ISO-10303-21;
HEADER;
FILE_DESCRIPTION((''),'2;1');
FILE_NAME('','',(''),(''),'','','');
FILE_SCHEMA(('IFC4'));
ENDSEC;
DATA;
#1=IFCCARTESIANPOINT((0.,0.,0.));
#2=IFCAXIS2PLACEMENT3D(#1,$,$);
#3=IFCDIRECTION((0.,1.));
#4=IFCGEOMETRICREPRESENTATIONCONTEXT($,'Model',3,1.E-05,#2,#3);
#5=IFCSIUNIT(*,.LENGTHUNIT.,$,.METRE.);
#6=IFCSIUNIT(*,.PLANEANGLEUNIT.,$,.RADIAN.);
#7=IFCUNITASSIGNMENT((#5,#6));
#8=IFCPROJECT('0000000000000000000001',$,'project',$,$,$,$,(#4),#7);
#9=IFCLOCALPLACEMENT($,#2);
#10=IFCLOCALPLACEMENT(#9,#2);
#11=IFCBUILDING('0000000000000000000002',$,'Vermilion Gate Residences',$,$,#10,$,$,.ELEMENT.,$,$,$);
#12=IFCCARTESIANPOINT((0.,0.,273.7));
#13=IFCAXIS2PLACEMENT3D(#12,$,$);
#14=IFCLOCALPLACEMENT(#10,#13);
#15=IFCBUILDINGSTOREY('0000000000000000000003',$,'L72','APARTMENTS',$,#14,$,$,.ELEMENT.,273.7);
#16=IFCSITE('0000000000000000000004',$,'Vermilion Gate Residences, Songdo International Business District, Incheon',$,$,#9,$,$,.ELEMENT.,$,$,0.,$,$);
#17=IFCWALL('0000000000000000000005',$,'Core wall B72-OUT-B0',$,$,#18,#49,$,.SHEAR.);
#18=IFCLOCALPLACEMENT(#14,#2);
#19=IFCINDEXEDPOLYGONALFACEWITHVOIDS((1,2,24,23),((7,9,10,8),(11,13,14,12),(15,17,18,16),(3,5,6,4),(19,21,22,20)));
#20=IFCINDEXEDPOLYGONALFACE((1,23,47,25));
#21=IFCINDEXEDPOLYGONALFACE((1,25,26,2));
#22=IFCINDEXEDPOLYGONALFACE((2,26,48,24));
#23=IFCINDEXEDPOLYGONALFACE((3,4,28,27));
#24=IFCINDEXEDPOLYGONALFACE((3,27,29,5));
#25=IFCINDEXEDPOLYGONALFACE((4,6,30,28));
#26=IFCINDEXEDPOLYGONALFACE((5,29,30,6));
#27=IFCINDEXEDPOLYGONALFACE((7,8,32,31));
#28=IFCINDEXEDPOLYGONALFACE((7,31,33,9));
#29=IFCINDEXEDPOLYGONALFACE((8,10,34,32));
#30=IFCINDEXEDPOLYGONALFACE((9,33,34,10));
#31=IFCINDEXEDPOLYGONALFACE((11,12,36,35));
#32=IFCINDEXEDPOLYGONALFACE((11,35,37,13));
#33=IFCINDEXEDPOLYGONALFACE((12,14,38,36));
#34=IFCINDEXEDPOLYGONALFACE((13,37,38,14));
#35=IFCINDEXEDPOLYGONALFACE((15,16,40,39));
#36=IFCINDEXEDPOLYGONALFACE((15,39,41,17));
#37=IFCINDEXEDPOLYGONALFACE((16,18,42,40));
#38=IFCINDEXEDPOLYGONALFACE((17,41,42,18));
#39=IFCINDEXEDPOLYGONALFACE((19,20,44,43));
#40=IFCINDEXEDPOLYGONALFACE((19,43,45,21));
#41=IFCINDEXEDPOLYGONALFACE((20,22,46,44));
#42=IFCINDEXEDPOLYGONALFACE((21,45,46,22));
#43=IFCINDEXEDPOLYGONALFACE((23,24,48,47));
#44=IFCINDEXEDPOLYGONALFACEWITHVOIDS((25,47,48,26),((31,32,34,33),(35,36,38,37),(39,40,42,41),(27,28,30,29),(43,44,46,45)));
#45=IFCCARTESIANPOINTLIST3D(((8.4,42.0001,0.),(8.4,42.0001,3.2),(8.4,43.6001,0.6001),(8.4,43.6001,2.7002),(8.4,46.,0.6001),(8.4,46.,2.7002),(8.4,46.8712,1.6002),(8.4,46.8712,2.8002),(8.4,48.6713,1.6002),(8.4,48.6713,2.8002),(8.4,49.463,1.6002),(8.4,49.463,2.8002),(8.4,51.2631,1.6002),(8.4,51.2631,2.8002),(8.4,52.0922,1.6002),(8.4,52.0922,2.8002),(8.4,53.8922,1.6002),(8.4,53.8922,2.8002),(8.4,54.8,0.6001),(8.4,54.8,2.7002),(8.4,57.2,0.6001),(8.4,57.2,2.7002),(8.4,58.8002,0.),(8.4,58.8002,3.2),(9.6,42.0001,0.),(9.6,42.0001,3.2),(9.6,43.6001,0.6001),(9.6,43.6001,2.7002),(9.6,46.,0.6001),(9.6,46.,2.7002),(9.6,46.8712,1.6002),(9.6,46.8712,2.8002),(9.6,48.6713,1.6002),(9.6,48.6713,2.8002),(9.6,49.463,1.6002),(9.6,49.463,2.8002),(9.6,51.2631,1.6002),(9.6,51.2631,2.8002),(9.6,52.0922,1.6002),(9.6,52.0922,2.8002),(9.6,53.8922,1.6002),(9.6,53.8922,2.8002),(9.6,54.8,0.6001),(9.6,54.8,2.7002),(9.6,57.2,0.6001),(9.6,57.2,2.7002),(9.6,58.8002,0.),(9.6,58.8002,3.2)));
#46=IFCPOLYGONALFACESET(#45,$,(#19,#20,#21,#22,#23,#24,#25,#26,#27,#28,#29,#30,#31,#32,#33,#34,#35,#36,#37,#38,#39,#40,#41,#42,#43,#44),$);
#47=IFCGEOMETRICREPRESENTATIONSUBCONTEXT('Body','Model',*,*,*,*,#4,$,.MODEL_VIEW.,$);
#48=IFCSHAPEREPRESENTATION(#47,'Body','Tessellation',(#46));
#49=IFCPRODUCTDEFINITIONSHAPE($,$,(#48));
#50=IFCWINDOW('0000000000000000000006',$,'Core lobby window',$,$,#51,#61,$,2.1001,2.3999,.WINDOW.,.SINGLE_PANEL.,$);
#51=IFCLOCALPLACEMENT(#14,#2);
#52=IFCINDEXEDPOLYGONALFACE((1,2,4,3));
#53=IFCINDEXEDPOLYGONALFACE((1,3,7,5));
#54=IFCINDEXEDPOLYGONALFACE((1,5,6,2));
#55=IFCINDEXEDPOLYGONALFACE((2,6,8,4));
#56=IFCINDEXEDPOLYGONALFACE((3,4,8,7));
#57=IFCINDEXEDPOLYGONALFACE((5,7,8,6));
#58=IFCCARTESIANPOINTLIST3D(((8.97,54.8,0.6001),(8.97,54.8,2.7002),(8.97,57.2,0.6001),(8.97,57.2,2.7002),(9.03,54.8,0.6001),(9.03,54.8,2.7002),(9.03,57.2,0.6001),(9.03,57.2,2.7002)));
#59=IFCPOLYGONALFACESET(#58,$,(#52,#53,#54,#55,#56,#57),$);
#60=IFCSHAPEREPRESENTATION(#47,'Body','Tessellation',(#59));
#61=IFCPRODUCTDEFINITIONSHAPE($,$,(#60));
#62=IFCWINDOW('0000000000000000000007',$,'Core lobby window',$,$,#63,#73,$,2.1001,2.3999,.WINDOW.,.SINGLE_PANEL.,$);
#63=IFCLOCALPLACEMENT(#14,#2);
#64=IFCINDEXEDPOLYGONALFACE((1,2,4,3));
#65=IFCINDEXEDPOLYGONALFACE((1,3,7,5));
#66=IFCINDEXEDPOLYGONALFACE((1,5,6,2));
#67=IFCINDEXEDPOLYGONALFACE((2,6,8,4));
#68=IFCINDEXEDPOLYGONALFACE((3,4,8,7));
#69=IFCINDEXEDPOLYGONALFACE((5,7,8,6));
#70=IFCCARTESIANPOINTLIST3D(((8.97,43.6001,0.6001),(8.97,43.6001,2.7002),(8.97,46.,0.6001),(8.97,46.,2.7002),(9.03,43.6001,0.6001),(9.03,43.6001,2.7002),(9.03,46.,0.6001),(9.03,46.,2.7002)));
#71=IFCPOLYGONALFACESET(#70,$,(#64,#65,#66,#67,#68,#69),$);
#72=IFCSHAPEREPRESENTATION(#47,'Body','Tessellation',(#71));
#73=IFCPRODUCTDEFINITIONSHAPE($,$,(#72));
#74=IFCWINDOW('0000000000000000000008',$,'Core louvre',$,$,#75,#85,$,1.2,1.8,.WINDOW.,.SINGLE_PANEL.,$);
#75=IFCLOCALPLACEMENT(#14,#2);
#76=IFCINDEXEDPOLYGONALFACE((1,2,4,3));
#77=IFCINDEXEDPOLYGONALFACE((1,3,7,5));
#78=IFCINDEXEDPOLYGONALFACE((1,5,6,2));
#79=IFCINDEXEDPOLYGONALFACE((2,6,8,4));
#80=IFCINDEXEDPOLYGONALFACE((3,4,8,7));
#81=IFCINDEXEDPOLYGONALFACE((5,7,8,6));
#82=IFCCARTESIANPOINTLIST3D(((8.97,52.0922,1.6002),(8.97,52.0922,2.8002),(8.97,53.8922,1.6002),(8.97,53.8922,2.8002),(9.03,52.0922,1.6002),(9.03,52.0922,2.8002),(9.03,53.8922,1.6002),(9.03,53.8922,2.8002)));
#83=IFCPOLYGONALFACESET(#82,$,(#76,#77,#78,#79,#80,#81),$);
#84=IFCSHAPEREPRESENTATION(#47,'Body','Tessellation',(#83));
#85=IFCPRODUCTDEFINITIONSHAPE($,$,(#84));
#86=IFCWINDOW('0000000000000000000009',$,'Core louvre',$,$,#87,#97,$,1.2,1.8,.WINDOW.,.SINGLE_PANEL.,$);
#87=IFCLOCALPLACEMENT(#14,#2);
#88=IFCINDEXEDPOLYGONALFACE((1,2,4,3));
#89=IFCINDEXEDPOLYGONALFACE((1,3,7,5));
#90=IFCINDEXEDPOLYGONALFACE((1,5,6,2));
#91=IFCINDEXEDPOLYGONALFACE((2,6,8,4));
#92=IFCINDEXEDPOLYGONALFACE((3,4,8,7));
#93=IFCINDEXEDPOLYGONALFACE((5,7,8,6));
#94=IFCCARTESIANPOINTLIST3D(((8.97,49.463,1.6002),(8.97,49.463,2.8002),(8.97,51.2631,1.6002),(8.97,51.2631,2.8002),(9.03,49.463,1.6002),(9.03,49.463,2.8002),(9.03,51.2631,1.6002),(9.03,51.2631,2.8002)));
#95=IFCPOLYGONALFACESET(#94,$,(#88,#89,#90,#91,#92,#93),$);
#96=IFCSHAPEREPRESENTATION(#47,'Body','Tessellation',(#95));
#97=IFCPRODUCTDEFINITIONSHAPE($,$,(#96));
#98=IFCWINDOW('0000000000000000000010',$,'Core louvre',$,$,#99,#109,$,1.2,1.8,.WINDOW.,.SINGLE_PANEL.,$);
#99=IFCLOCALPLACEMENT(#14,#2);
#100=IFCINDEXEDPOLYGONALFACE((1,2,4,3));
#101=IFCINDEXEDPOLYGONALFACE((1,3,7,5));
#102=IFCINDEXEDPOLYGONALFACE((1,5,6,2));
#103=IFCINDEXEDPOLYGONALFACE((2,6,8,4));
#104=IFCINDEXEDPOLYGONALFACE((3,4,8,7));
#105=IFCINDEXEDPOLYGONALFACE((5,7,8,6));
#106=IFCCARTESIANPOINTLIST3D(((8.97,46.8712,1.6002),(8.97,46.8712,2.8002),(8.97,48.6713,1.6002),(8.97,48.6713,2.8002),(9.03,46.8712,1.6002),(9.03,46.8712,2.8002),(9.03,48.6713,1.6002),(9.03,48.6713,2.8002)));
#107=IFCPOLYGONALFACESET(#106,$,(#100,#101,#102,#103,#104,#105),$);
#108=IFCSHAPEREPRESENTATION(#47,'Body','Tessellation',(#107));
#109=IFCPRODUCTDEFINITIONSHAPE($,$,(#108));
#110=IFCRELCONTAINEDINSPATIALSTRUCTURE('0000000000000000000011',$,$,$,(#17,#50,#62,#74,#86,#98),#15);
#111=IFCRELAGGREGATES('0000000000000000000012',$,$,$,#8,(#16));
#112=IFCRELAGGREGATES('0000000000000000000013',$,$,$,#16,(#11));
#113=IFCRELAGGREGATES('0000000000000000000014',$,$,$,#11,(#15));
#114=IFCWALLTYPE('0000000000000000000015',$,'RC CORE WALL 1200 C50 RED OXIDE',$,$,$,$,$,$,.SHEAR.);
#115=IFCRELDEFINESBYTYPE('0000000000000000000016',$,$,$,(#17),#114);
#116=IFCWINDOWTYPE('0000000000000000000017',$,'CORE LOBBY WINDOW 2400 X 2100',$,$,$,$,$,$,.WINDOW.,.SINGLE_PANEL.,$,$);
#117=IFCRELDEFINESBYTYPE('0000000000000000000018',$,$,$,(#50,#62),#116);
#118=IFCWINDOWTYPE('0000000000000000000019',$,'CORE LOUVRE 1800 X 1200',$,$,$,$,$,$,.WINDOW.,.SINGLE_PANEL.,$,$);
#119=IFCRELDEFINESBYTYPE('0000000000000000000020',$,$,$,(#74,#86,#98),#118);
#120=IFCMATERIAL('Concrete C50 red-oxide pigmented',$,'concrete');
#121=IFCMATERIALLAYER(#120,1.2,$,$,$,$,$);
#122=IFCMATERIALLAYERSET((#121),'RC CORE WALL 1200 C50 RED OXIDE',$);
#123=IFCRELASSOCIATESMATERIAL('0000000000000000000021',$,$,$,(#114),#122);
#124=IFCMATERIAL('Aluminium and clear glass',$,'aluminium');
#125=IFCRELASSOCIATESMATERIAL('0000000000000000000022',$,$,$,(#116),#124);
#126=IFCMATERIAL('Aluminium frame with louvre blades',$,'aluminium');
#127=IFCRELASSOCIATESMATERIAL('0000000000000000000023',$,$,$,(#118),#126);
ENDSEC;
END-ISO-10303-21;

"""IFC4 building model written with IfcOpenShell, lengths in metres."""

from ifc_helpers import new_model, si_unit, direction, frame, frame_2d, origin, place, context, subcontext, project, spatial, rectangle, extrude, material, layer, layer_set, type_object, element, fill, save


model = new_model("IFC4")

# Units and contexts
model_context = context("Model", 3, precision=1e-05, world=origin(), true_north=direction((0.0, 1.0)))
body_context = subcontext(model_context, "Body", "Model", "MODEL_VIEW")
ifc_project = project(units=[si_unit("LENGTHUNIT", "METRE"), si_unit("PLANEANGLEUNIT", "RADIAN")], contexts=[model_context])

# Site, building, storey
site_placement = place(None, origin())
site = spatial("IfcSite", under=ifc_project, at=site_placement, Name="Vermilion Gate Residences, Songdo International Business District, Incheon", CompositionType="ELEMENT", RefElevation=0.0)
building_placement = place(site_placement, origin())
building = spatial("IfcBuilding", under=site, at=building_placement, Name="Vermilion Gate Residences", CompositionType="ELEMENT")
storey_placement = place(building_placement, frame((0.0, 0.0, 273.7)))
storey = spatial("IfcBuildingStorey", under=building, at=storey_placement, Name="L72", Description="APARTMENTS", CompositionType="ELEMENT", Elevation=273.7)

# Wall, openings, windows
ifc_material_1 = material(Name="Concrete C50 red-oxide pigmented", Category="concrete")
ifc_layer_1 = layer(ifc_material_1, 1.2)
ifc_layer_set_1 = layer_set([ifc_layer_1], Name="RC CORE WALL 1200 C50 RED OXIDE")
wall_type_1 = type_object("IfcWallType", Name="RC CORE WALL 1200 C50 RED OXIDE", PredefinedType="SHEAR", material=ifc_layer_set_1)
wall_1_placement = place(storey_placement, frame((9.0, 58.8, 0.0), z_axis=(0.0, 0.0, 1.0), x_axis=(0.0, -1.0, 0.0)))
wall_1 = element("IfcWall", 1, at=wall_1_placement, inside=storey, type_object=wall_type_1, Name="Core wall B72-OUT-B0", PredefinedType="SHEAR", context=body_context, shape_type="SweptSolid", body=[
    extrude(rectangle(XDim=16.8, YDim=1.2, at=frame_2d((8.3999, 0.0))), origin(), (0.0, 0.0, 1.0), 3.2),
])
opening_1_placement = place(wall_1_placement, frame((1.6001, 0.0, 0.6001)))
opening_1 = element("IfcOpeningElement", 2, at=opening_1_placement, cuts=wall_1, PredefinedType="OPENING", context=body_context, shape_type="SweptSolid", body=[
    extrude(rectangle(XDim=2.3999, YDim=2.1001, at=frame_2d((1.2, 1.05))), frame((0.0, 0.6099, 0.0), z_axis=(0.0, -1.0, 0.0), x_axis=(1.0, 0.0, 0.0)), (0.0, 0.0, 1.0), 1.22),
])
opening_2_placement = place(wall_1_placement, frame((4.908, 0.0, 1.6001)))
opening_2 = element("IfcOpeningElement", 3, at=opening_2_placement, cuts=wall_1, PredefinedType="OPENING", context=body_context, shape_type="SweptSolid", body=[
    extrude(rectangle(XDim=1.8, YDim=1.2, at=frame_2d((0.8999, 0.6001))), frame((0.0, 0.6099, 0.0), z_axis=(0.0, -1.0, 0.0), x_axis=(1.0, 0.0, 0.0)), (0.0, 0.0, 1.0), 1.22),
])
opening_3_placement = place(wall_1_placement, frame((7.5371, 0.0, 1.6001)))
opening_3 = element("IfcOpeningElement", 4, at=opening_3_placement, cuts=wall_1, PredefinedType="OPENING", context=body_context, shape_type="SweptSolid", body=[
    extrude(rectangle(XDim=1.8, YDim=1.2, at=frame_2d((0.8999, 0.6001))), frame((0.0, 0.6099, 0.0), z_axis=(0.0, -1.0, 0.0), x_axis=(1.0, 0.0, 0.0)), (0.0, 0.0, 1.0), 1.22),
])
opening_4_placement = place(wall_1_placement, frame((10.1289, 0.0, 1.6001)))
opening_4 = element("IfcOpeningElement", 5, at=opening_4_placement, cuts=wall_1, PredefinedType="OPENING", context=body_context, shape_type="SweptSolid", body=[
    extrude(rectangle(XDim=1.8, YDim=1.2, at=frame_2d((0.8999, 0.6001))), frame((0.0, 0.6099, 0.0), z_axis=(0.0, -1.0, 0.0), x_axis=(1.0, 0.0, 0.0)), (0.0, 0.0, 1.0), 1.22),
])
opening_5_placement = place(wall_1_placement, frame((12.8, 0.0, 0.6001)))
opening_5 = element("IfcOpeningElement", 6, at=opening_5_placement, cuts=wall_1, PredefinedType="OPENING", context=body_context, shape_type="SweptSolid", body=[
    extrude(rectangle(XDim=2.3999, YDim=2.1001, at=frame_2d((1.2, 1.05))), frame((0.0, 0.6099, 0.0), z_axis=(0.0, -1.0, 0.0), x_axis=(1.0, 0.0, 0.0)), (0.0, 0.0, 1.0), 1.22),
])
ifc_material_2 = material(Name="Aluminium and clear glass", Category="aluminium")
window_type_1 = type_object("IfcWindowType", Name="CORE LOBBY WINDOW 2400 X 2100", PartitioningType="SINGLE_PANEL", PredefinedType="WINDOW", material=ifc_material_2)
window_1_placement = place(opening_1_placement, origin())
window_1 = element("IfcWindow", 7, at=window_1_placement, inside=storey, type_object=window_type_1, Name="Core lobby window", OverallHeight=2.1001, OverallWidth=2.3999, PartitioningType="SINGLE_PANEL", PredefinedType="WINDOW", context=body_context, shape_type="SweptSolid", body=[
    extrude(rectangle(XDim=2.3999, YDim=2.1001, at=frame_2d((1.2, 1.05))), frame((0.0, 0.03, 0.0), z_axis=(0.0, -1.0, 0.0), x_axis=(1.0, 0.0, 0.0)), (0.0, 0.0, 1.0), 0.0601),
])
fill(opening_1, window_1)
window_2_placement = place(opening_5_placement, origin())
window_2 = element("IfcWindow", 8, at=window_2_placement, inside=storey, type_object=window_type_1, Name="Core lobby window", OverallHeight=2.1001, OverallWidth=2.3999, PartitioningType="SINGLE_PANEL", PredefinedType="WINDOW", context=body_context, shape_type="SweptSolid", body=[
    extrude(rectangle(XDim=2.3999, YDim=2.1001, at=frame_2d((1.2, 1.05))), frame((0.0, 0.03, 0.0), z_axis=(0.0, -1.0, 0.0), x_axis=(1.0, 0.0, 0.0)), (0.0, 0.0, 1.0), 0.0601),
])
fill(opening_5, window_2)
ifc_material_3 = material(Name="Aluminium frame with louvre blades", Category="aluminium")
window_type_2 = type_object("IfcWindowType", Name="CORE LOUVRE 1800 X 1200", PartitioningType="SINGLE_PANEL", PredefinedType="WINDOW", material=ifc_material_3)
window_3_placement = place(opening_2_placement, origin())
window_3 = element("IfcWindow", 9, at=window_3_placement, inside=storey, type_object=window_type_2, Name="Core louvre", OverallHeight=1.2, OverallWidth=1.8, PartitioningType="SINGLE_PANEL", PredefinedType="WINDOW", context=body_context, shape_type="SweptSolid", body=[
    extrude(rectangle(XDim=1.8, YDim=1.2, at=frame_2d((0.8999, 0.6001))), frame((0.0, 0.03, 0.0), z_axis=(0.0, -1.0, 0.0), x_axis=(1.0, 0.0, 0.0)), (0.0, 0.0, 1.0), 0.0601),
])
fill(opening_2, window_3)
window_4_placement = place(opening_3_placement, origin())
window_4 = element("IfcWindow", 10, at=window_4_placement, inside=storey, type_object=window_type_2, Name="Core louvre", OverallHeight=1.2, OverallWidth=1.8, PartitioningType="SINGLE_PANEL", PredefinedType="WINDOW", context=body_context, shape_type="SweptSolid", body=[
    extrude(rectangle(XDim=1.8, YDim=1.2, at=frame_2d((0.8999, 0.6001))), frame((0.0, 0.03, 0.0), z_axis=(0.0, -1.0, 0.0), x_axis=(1.0, 0.0, 0.0)), (0.0, 0.0, 1.0), 0.0601),
])
fill(opening_3, window_4)
window_5_placement = place(opening_4_placement, origin())
window_5 = element("IfcWindow", 11, at=window_5_placement, inside=storey, type_object=window_type_2, Name="Core louvre", OverallHeight=1.2, OverallWidth=1.8, PartitioningType="SINGLE_PANEL", PredefinedType="WINDOW", context=body_context, shape_type="SweptSolid", body=[
    extrude(rectangle(XDim=1.8, YDim=1.2, at=frame_2d((0.8999, 0.6001))), frame((0.0, 0.03, 0.0), z_axis=(0.0, -1.0, 0.0), x_axis=(1.0, 0.0, 0.0)), (0.0, 0.0, 1.0), 0.0601),
])
fill(opening_4, window_5)

save(model, "model.ifc")
